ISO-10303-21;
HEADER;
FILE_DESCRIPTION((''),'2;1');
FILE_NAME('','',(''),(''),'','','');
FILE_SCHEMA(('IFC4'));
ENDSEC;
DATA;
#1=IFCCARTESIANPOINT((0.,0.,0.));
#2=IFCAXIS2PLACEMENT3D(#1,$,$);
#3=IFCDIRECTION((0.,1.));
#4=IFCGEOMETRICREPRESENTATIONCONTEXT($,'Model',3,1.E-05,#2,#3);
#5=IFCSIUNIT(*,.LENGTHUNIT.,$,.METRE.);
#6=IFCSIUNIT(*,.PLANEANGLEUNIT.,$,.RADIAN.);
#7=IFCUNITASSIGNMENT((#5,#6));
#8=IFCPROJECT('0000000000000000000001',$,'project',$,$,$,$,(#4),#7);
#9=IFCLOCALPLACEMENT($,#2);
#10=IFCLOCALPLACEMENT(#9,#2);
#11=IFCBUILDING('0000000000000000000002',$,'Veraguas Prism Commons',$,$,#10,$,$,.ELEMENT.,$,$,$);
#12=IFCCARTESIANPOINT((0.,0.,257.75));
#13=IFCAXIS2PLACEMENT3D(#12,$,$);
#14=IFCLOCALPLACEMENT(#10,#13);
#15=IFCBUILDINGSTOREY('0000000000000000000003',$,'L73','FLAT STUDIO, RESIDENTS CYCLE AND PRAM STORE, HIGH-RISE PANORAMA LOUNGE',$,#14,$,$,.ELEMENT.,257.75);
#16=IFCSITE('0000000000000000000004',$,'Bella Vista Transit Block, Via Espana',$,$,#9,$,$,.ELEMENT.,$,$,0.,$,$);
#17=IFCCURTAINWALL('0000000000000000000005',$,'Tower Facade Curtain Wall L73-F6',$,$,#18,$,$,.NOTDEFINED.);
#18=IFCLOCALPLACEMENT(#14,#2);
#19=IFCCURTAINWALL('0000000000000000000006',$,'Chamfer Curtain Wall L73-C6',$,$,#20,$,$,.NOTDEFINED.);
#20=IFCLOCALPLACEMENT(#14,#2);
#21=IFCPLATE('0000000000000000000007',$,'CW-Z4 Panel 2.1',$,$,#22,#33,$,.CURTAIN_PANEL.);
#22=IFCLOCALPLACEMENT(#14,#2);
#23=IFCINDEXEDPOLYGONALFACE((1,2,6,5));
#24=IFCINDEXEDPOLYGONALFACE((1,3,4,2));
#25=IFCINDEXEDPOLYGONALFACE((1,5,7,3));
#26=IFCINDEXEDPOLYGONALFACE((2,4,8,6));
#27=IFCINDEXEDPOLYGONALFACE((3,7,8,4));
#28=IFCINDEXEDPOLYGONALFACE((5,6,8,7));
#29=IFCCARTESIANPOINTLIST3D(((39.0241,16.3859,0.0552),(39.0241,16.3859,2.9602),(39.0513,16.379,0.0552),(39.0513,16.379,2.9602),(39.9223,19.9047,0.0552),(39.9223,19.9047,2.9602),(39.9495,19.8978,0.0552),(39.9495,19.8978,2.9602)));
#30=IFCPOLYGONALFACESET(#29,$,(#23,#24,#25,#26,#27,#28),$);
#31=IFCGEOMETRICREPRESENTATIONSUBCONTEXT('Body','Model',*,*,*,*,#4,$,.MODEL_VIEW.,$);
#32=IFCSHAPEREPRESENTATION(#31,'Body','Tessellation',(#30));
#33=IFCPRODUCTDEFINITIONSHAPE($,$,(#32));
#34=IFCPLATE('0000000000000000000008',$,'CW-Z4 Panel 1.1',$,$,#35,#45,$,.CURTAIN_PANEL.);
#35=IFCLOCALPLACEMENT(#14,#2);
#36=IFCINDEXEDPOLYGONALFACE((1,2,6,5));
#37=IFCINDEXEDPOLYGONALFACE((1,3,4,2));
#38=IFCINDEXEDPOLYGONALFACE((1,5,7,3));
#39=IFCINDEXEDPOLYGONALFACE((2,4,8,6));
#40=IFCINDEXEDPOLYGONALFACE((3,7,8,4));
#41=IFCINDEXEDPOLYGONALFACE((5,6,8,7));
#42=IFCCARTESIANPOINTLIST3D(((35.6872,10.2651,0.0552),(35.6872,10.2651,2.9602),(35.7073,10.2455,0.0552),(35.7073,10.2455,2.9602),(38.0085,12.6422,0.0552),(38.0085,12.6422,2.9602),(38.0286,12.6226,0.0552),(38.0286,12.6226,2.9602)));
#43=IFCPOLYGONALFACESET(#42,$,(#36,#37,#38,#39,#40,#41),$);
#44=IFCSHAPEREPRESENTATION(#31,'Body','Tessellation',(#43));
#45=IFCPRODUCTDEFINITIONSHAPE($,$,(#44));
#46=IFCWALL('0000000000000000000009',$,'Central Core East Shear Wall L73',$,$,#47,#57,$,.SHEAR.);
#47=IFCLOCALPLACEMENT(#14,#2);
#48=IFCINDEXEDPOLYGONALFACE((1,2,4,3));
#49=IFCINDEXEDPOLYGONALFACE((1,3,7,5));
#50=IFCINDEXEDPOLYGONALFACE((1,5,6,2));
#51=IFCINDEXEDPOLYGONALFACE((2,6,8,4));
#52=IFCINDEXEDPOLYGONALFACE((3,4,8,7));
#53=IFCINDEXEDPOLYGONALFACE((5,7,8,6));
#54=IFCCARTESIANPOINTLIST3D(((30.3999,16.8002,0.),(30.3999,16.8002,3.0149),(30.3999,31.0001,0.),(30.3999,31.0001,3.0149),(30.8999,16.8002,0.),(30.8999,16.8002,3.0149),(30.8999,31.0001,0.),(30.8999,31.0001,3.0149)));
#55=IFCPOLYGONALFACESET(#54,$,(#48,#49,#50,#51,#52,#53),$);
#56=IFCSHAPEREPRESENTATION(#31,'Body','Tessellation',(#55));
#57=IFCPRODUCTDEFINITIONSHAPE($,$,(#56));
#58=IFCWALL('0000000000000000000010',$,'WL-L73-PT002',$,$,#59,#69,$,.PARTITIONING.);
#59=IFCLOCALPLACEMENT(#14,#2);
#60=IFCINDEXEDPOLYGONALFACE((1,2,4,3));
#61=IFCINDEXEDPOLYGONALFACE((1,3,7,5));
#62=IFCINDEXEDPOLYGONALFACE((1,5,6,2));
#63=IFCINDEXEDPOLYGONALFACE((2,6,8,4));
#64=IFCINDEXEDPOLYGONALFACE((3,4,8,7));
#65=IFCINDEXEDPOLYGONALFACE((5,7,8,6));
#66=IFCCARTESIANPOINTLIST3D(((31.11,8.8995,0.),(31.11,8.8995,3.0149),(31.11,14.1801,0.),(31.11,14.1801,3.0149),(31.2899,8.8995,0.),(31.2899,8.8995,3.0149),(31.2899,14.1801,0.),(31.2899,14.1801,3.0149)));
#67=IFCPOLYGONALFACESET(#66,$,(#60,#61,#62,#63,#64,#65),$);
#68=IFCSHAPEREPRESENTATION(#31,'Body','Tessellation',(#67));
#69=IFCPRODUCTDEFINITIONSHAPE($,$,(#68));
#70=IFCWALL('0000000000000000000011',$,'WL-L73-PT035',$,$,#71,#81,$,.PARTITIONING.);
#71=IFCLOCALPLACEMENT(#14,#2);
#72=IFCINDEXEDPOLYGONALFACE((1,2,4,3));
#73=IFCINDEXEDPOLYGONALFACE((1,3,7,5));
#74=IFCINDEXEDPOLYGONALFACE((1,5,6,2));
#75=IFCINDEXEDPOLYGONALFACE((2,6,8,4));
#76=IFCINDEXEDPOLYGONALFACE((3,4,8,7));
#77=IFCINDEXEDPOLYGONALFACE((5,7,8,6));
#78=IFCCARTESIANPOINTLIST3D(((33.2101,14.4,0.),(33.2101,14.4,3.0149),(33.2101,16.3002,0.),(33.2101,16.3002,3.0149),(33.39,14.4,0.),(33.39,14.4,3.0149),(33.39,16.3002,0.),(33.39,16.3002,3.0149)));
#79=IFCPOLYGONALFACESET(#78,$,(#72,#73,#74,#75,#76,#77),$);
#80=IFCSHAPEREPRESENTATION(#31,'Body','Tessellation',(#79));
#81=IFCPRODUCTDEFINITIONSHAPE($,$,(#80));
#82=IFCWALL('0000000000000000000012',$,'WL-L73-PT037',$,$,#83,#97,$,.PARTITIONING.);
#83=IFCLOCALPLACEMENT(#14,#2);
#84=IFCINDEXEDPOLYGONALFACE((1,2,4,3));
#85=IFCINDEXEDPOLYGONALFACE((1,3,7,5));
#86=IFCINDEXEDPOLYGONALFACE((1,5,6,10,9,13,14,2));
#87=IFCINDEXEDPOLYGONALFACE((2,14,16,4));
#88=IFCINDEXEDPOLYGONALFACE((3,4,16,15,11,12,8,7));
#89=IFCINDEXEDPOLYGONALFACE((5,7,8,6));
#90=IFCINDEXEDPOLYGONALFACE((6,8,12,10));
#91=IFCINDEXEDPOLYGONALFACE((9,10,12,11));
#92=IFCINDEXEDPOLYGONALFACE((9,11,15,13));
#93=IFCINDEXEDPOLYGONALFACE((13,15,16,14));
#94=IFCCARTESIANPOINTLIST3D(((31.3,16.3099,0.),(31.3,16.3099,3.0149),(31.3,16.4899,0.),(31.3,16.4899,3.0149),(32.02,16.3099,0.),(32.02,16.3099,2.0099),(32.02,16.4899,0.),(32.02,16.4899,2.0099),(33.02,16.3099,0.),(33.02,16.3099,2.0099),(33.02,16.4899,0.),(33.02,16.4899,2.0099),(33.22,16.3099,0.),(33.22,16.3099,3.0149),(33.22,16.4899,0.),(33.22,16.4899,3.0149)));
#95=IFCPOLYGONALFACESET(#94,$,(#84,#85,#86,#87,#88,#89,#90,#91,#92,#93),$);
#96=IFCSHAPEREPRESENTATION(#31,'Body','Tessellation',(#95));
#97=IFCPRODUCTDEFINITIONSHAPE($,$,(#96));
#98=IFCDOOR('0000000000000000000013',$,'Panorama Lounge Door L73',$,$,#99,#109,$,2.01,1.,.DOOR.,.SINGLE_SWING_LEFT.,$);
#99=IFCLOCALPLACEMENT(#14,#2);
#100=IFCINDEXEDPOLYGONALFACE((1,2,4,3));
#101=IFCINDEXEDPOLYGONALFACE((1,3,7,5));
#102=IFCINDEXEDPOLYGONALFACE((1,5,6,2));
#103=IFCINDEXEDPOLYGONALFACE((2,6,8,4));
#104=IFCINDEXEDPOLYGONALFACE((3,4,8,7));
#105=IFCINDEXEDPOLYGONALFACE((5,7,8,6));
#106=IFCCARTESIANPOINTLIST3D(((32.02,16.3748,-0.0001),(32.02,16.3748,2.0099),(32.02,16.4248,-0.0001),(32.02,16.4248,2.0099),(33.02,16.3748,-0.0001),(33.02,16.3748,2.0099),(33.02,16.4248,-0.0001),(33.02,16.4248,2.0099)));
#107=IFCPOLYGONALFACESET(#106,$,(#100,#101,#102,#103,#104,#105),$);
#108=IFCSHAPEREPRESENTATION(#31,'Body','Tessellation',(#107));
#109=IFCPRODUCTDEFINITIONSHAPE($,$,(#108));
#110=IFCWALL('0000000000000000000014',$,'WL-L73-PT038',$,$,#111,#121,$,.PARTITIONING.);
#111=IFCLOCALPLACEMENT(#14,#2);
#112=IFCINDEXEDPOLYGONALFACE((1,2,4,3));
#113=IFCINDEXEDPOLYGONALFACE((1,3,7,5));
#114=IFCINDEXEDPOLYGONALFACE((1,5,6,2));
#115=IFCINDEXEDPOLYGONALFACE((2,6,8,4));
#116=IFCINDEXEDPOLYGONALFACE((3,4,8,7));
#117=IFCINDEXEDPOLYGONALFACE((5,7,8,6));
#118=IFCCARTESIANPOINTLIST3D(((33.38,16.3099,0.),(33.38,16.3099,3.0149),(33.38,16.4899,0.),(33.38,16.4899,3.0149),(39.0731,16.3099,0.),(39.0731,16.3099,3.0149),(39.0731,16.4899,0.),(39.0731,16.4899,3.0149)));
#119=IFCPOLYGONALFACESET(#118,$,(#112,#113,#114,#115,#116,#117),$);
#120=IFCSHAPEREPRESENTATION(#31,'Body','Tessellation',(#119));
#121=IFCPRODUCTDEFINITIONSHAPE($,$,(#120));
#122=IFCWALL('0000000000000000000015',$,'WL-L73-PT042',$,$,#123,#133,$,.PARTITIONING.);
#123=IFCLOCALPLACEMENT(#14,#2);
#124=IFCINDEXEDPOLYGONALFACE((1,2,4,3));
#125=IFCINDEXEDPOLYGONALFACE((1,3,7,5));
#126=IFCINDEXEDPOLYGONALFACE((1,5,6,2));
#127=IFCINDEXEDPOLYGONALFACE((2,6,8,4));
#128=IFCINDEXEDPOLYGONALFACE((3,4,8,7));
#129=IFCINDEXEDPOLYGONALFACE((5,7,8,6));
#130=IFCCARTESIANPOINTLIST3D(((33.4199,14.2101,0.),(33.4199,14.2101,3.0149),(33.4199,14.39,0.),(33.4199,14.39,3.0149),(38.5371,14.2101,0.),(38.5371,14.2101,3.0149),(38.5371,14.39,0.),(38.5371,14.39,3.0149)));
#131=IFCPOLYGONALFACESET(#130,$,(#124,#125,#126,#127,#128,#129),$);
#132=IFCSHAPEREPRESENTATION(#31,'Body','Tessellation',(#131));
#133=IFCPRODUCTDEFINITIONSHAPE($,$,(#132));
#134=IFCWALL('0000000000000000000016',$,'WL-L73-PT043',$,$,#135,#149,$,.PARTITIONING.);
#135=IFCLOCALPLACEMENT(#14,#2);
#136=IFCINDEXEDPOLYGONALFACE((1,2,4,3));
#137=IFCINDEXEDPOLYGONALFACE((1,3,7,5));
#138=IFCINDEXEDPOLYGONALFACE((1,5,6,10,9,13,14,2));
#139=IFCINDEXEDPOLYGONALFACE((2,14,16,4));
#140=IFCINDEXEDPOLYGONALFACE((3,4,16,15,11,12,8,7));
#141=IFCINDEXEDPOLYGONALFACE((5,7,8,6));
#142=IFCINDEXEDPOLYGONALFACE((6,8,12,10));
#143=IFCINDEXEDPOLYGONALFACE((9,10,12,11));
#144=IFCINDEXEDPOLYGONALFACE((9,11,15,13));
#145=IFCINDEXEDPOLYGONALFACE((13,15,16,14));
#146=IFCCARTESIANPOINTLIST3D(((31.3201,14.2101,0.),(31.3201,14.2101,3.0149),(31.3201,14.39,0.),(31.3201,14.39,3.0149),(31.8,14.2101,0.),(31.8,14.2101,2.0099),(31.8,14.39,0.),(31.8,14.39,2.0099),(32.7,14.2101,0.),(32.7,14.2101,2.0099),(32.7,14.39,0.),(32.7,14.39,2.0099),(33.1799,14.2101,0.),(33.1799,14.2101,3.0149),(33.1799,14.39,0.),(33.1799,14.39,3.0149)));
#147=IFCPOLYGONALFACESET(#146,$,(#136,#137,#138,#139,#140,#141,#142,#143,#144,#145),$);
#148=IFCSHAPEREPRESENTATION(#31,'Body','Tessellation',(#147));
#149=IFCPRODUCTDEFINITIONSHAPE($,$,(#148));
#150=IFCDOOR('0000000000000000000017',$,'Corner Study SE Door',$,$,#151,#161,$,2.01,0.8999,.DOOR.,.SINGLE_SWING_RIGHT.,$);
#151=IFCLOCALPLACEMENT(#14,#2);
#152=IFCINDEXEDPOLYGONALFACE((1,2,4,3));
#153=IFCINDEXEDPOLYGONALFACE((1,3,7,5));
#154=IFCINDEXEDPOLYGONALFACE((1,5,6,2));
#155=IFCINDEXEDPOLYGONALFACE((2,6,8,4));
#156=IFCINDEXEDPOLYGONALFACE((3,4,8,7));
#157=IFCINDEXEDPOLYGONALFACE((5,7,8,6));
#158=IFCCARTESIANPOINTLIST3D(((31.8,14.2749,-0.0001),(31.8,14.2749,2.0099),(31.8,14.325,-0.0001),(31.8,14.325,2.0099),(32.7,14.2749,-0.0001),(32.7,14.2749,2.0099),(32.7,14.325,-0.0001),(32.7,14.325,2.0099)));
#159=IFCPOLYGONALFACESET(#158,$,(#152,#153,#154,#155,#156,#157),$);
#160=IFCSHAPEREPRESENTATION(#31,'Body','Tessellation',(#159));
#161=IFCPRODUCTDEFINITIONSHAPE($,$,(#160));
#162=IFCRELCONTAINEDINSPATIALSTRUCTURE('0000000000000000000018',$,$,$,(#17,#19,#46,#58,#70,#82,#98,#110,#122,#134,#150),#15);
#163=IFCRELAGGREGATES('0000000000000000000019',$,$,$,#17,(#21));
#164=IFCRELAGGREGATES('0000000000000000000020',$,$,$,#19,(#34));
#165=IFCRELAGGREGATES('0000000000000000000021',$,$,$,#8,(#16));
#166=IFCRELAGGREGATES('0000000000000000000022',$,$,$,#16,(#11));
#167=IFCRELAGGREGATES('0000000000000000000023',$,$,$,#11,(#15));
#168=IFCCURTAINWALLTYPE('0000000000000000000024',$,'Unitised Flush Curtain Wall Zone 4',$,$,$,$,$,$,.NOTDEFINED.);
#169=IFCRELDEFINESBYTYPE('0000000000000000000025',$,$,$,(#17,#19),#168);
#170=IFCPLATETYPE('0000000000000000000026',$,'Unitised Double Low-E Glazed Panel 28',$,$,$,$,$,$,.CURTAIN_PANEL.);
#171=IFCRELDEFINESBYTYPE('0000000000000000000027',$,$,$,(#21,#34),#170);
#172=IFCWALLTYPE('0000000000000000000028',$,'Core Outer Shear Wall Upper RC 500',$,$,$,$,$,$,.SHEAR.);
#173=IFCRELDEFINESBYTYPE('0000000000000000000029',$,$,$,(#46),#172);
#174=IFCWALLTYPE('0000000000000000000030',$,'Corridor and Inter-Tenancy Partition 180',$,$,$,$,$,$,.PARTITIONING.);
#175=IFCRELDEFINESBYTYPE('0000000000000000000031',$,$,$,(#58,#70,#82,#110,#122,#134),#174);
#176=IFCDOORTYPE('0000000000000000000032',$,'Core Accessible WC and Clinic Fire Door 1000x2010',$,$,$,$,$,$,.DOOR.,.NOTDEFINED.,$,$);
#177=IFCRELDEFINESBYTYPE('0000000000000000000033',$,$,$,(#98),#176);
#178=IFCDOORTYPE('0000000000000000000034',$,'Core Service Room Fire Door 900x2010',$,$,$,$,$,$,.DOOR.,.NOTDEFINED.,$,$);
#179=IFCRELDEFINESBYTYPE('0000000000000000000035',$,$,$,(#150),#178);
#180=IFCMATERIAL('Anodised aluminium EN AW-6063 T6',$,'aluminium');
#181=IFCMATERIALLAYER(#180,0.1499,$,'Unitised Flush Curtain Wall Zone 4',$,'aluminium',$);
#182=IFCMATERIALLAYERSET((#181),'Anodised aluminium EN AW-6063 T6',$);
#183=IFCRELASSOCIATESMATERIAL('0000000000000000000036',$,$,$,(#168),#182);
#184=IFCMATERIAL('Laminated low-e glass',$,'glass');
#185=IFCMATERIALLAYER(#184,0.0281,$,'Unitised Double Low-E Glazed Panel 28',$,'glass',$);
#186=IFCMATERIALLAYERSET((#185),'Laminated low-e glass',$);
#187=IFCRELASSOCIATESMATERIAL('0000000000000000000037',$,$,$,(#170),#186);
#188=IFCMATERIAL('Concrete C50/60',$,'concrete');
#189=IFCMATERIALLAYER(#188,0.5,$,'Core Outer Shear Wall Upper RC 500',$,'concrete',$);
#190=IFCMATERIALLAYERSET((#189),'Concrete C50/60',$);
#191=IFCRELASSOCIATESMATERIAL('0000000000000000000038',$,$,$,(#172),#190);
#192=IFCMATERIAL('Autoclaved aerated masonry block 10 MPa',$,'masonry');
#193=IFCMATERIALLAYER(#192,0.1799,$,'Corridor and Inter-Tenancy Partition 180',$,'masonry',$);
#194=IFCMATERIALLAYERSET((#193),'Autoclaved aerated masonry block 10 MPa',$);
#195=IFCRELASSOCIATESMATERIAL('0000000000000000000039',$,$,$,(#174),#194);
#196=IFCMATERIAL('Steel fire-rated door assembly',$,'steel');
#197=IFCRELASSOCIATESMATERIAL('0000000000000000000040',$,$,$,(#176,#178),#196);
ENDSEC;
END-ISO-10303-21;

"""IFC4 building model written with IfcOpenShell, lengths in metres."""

from ifc_helpers import new_model, si_unit, direction, frame, frame_2d, origin, origin_2d, place, context, subcontext, project, spatial, rectangle, extrude, source, transform, mapped, material, layer, layer_set, type_object, element, fill, aggregate, save


model = new_model("IFC4")

# Units and contexts
model_context = context("Model", 3, precision=1e-05, world=origin(), true_north=direction((0.0, 1.0)))
body_context = subcontext(model_context, "Body", "Model", "MODEL_VIEW")
ifc_project = project(units=[si_unit("LENGTHUNIT", "METRE"), si_unit("PLANEANGLEUNIT", "RADIAN")], contexts=[model_context])

# Site, building, storey
site_placement = place(None, origin())
site = spatial("IfcSite", under=ifc_project, at=site_placement, Name="Bella Vista Transit Block, Via Espana", CompositionType="ELEMENT", RefElevation=0.0)
building_placement = place(site_placement, origin())
building = spatial("IfcBuilding", under=site, at=building_placement, Name="Veraguas Prism Commons", CompositionType="ELEMENT")
storey_placement = place(building_placement, frame((0.0, 0.0, 257.75)))
storey = spatial("IfcBuildingStorey", under=building, at=storey_placement, Name="L73", Description="FLAT STUDIO, RESIDENTS CYCLE AND PRAM STORE, HIGH-RISE PANORAMA LOUNGE", CompositionType="ELEMENT", Elevation=257.75)

# Shared definitions
ifc_material_1 = material(Name="Concrete C50/60", Category="concrete")

# Curtain walls
ifc_material_2 = material(Name="Anodised aluminium EN AW-6063 T6", Category="aluminium")
ifc_layer_1 = layer(ifc_material_2, 0.1499, Name="Unitised Flush Curtain Wall Zone 4", Category="aluminium")
ifc_layer_set_1 = layer_set([ifc_layer_1], Name="Anodised aluminium EN AW-6063 T6")
curtain_wall_type = type_object("IfcCurtainWallType", Name="Unitised Flush Curtain Wall Zone 4", PredefinedType="NOTDEFINED", material=ifc_layer_set_1)
curtain_wall_1_placement = place(storey_placement, origin())
curtain_wall_1 = element("IfcCurtainWall", 1, at=curtain_wall_1_placement, inside=storey, type_object=curtain_wall_type, Name="Tower Facade Curtain Wall L73-F6", PredefinedType="NOTDEFINED")
curtain_wall_2_placement = place(storey_placement, origin())
curtain_wall_2 = element("IfcCurtainWall", 2, at=curtain_wall_2_placement, inside=storey, type_object=curtain_wall_type, Name="Chamfer Curtain Wall L73-C6", PredefinedType="NOTDEFINED")

# Plates
ifc_material_3 = material(Name="Laminated low-e glass", Category="glass")
ifc_layer_2 = layer(ifc_material_3, 0.0281, Name="Unitised Double Low-E Glazed Panel 28", Category="glass")
ifc_layer_set_2 = layer_set([ifc_layer_2], Name="Laminated low-e glass")
plate_type = type_object("IfcPlateType", Name="Unitised Double Low-E Glazed Panel 28", PredefinedType="CURTAIN_PANEL", material=ifc_layer_set_2)
shared_shape_1 = source(origin(), body_context, "Body", "SweptSolid", [
    extrude(rectangle(XDim=3.6316, YDim=0.0281, at=origin_2d()), origin(), (0.0, 0.0, 1.0), 2.905),
])
plate_1_placement = place(storey_placement, frame((39.4868, 18.1418, 0.0552), z_axis=(0.0, 0.0, 1.0), x_axis=(0.247339, 0.968929, 0.0)))
plate_1 = element("IfcPlate", 3, at=plate_1_placement, type_object=plate_type, Name="CW-Z4 Panel 2.1", PredefinedType="CURTAIN_PANEL", context=body_context, shape_type="MappedRepresentation", body=[
    mapped(shared_shape_1, transform((0.0, 0.0, 0.0), scale=1.0)),
])
aggregate(curtain_wall_1, [plate_1])
shared_shape_2 = source(origin(), body_context, "Body", "SweptSolid", [
    extrude(rectangle(XDim=3.3225, YDim=0.0281, at=origin_2d()), origin(), (0.0, 0.0, 1.0), 2.905),
])
plate_2_placement = place(storey_placement, frame((36.8579, 11.4438, 0.0552), z_axis=(0.0, 0.0, 1.0), x_axis=(0.698663, 0.715451, 0.0)))
plate_2 = element("IfcPlate", 4, at=plate_2_placement, type_object=plate_type, Name="CW-Z4 Panel 1.1", PredefinedType="CURTAIN_PANEL", context=body_context, shape_type="MappedRepresentation", body=[
    mapped(shared_shape_2, transform((0.0, 0.0, 0.0), scale=1.0)),
])
aggregate(curtain_wall_2, [plate_2])

# Walls
ifc_layer_3 = layer(ifc_material_1, 0.5, Name="Core Outer Shear Wall Upper RC 500", Category="concrete")
ifc_layer_set_3 = layer_set([ifc_layer_3], Name="Concrete C50/60")
wall_type_1 = type_object("IfcWallType", Name="Core Outer Shear Wall Upper RC 500", PredefinedType="SHEAR", material=ifc_layer_set_3)
wall_1_placement = place(storey_placement, frame((30.6499, 16.8, 0.0), z_axis=(0.0, 0.0, 1.0), x_axis=(0.0, 1.0, 0.0)))
element("IfcWall", 5, at=wall_1_placement, inside=storey, type_object=wall_type_1, Name="Central Core East Shear Wall L73", PredefinedType="SHEAR", context=body_context, shape_type="SweptSolid", body=[
    extrude(rectangle(XDim=14.2, YDim=0.5, at=frame_2d((7.1001, 0.0))), origin(), (0.0, 0.0, 1.0), 3.0149),
])
ifc_material_4 = material(Name="Autoclaved aerated masonry block 10 MPa", Category="masonry")
ifc_layer_4 = layer(ifc_material_4, 0.1799, Name="Corridor and Inter-Tenancy Partition 180", Category="masonry")
ifc_layer_set_4 = layer_set([ifc_layer_4], Name="Autoclaved aerated masonry block 10 MPa")
wall_type_2 = type_object("IfcWallType", Name="Corridor and Inter-Tenancy Partition 180", PredefinedType="PARTITIONING", material=ifc_layer_set_4)
wall_2_placement = place(storey_placement, frame((31.2, 14.1799, 0.0), z_axis=(0.0, 0.0, 1.0), x_axis=(0.0, -1.0, 0.0)))
element("IfcWall", 6, at=wall_2_placement, inside=storey, type_object=wall_type_2, Name="WL-L73-PT002", PredefinedType="PARTITIONING", context=body_context, shape_type="SweptSolid", body=[
    extrude(rectangle(XDim=5.2805, YDim=0.1799, at=frame_2d((2.6401, 0.0))), origin(), (0.0, 0.0, 1.0), 3.0149),
])
wall_3_placement = place(storey_placement, frame((33.3, 14.3999, 0.0), z_axis=(0.0, 0.0, 1.0), x_axis=(0.0, 1.0, 0.0)))
element("IfcWall", 7, at=wall_3_placement, inside=storey, type_object=wall_type_2, Name="WL-L73-PT035", PredefinedType="PARTITIONING", context=body_context, shape_type="SweptSolid", body=[
    extrude(rectangle(XDim=1.9001, YDim=0.1799, at=frame_2d((0.9502, 0.0))), origin(), (0.0, 0.0, 1.0), 3.0149),
])

# Wall, opening, door
wall_4_placement = place(storey_placement, frame((31.3, 16.3999, 0.0), z_axis=(0.0, 0.0, 1.0), x_axis=(1.0, 0.0, 0.0)))
wall_4 = element("IfcWall", 8, at=wall_4_placement, inside=storey, type_object=wall_type_2, Name="WL-L73-PT037", PredefinedType="PARTITIONING", context=body_context, shape_type="SweptSolid", body=[
    extrude(rectangle(XDim=1.9199, YDim=0.1799, at=frame_2d((0.96, 0.0))), origin(), (0.0, 0.0, 1.0), 3.0149),
])
opening_1_placement = place(wall_4_placement, frame((0.72, 0.0, 0.0)))
opening_1 = element("IfcOpeningElement", 9, at=opening_1_placement, cuts=wall_4, PredefinedType="OPENING", context=body_context, shape_type="SweptSolid", body=[
    extrude(rectangle(XDim=1.0, YDim=2.01, at=frame_2d((0.5, 1.0049))), frame((0.0, 0.0999, 0.0), z_axis=(0.0, -1.0, 0.0), x_axis=(1.0, 0.0, 0.0)), (0.0, 0.0, 1.0), 0.2),
])
ifc_material_5 = material(Name="Steel fire-rated door assembly", Category="steel")
door_type_1 = type_object("IfcDoorType", Name="Core Accessible WC and Clinic Fire Door 1000x2010", OperationType="NOTDEFINED", PredefinedType="DOOR", material=ifc_material_5)
shared_shape_3 = source(origin(), body_context, "Body", "SweptSolid", [
    extrude(rectangle(XDim=1.0, YDim=2.01, at=frame_2d((0.5, 1.0049))), frame((0.0, 0.0249, 0.0), z_axis=(0.0, -1.0, 0.0), x_axis=(1.0, 0.0, 0.0)), (0.0, 0.0, 1.0), 0.05),
])
door_1_placement = place(opening_1_placement, origin())
door_1 = element("IfcDoor", 10, at=door_1_placement, inside=storey, type_object=door_type_1, Name="Panorama Lounge Door L73", OperationType="SINGLE_SWING_LEFT", OverallHeight=2.01, OverallWidth=1.0, PredefinedType="DOOR", context=body_context, shape_type="MappedRepresentation", body=[
    mapped(shared_shape_3, transform((0.0, 0.0, 0.0), scale=1.0)),
])
fill(opening_1, door_1)

# Walls
wall_5_placement = place(storey_placement, frame((33.3799, 16.3999, 0.0), z_axis=(0.0, 0.0, 1.0), x_axis=(1.0, 0.0, 0.0)))
element("IfcWall", 11, at=wall_5_placement, inside=storey, type_object=wall_type_2, Name="WL-L73-PT038", PredefinedType="PARTITIONING", context=body_context, shape_type="SweptSolid", body=[
    extrude(rectangle(XDim=5.6931, YDim=0.1799, at=frame_2d((2.8467, 0.0))), origin(), (0.0, 0.0, 1.0), 3.0149),
])
wall_6_placement = place(storey_placement, frame((33.4199, 14.3, 0.0), z_axis=(0.0, 0.0, 1.0), x_axis=(1.0, 0.0, 0.0)))
element("IfcWall", 12, at=wall_6_placement, inside=storey, type_object=wall_type_2, Name="WL-L73-PT042", PredefinedType="PARTITIONING", context=body_context, shape_type="SweptSolid", body=[
    extrude(rectangle(XDim=5.1172, YDim=0.1799, at=frame_2d((2.5586, 0.0))), origin(), (0.0, 0.0, 1.0), 3.0149),
])

# Wall, opening, door
wall_7_placement = place(storey_placement, frame((31.3201, 14.3, 0.0), z_axis=(0.0, 0.0, 1.0), x_axis=(1.0, 0.0, 0.0)))
wall_7 = element("IfcWall", 13, at=wall_7_placement, inside=storey, type_object=wall_type_2, Name="WL-L73-PT043", PredefinedType="PARTITIONING", context=body_context, shape_type="SweptSolid", body=[
    extrude(rectangle(XDim=1.8599, YDim=0.1799, at=frame_2d((0.9299, 0.0))), origin(), (0.0, 0.0, 1.0), 3.0149),
])
opening_2_placement = place(wall_7_placement, frame((0.48, 0.0, 0.0)))
opening_2 = element("IfcOpeningElement", 14, at=opening_2_placement, cuts=wall_7, PredefinedType="OPENING", context=body_context, shape_type="SweptSolid", body=[
    extrude(rectangle(XDim=0.8999, YDim=2.01, at=frame_2d((0.45, 1.0049))), frame((0.0, 0.0999, 0.0), z_axis=(0.0, -1.0, 0.0), x_axis=(1.0, 0.0, 0.0)), (0.0, 0.0, 1.0), 0.2),
])
door_type_2 = type_object("IfcDoorType", Name="Core Service Room Fire Door 900x2010", OperationType="NOTDEFINED", PredefinedType="DOOR", material=ifc_material_5)
shared_shape_4 = source(origin(), body_context, "Body", "SweptSolid", [
    extrude(rectangle(XDim=0.8999, YDim=2.01, at=frame_2d((0.45, 1.0049))), frame((0.0, 0.0249, 0.0), z_axis=(0.0, -1.0, 0.0), x_axis=(1.0, 0.0, 0.0)), (0.0, 0.0, 1.0), 0.05),
])
door_2_placement = place(opening_2_placement, origin())
door_2 = element("IfcDoor", 15, at=door_2_placement, inside=storey, type_object=door_type_2, Name="Corner Study SE Door", OperationType="SINGLE_SWING_RIGHT", OverallHeight=2.01, OverallWidth=0.8999, PredefinedType="DOOR", context=body_context, shape_type="MappedRepresentation", body=[
    mapped(shared_shape_4, transform((0.0, 0.0, 0.0), scale=1.0)),
])
fill(opening_2, door_2)

save(model, "model.ifc")
